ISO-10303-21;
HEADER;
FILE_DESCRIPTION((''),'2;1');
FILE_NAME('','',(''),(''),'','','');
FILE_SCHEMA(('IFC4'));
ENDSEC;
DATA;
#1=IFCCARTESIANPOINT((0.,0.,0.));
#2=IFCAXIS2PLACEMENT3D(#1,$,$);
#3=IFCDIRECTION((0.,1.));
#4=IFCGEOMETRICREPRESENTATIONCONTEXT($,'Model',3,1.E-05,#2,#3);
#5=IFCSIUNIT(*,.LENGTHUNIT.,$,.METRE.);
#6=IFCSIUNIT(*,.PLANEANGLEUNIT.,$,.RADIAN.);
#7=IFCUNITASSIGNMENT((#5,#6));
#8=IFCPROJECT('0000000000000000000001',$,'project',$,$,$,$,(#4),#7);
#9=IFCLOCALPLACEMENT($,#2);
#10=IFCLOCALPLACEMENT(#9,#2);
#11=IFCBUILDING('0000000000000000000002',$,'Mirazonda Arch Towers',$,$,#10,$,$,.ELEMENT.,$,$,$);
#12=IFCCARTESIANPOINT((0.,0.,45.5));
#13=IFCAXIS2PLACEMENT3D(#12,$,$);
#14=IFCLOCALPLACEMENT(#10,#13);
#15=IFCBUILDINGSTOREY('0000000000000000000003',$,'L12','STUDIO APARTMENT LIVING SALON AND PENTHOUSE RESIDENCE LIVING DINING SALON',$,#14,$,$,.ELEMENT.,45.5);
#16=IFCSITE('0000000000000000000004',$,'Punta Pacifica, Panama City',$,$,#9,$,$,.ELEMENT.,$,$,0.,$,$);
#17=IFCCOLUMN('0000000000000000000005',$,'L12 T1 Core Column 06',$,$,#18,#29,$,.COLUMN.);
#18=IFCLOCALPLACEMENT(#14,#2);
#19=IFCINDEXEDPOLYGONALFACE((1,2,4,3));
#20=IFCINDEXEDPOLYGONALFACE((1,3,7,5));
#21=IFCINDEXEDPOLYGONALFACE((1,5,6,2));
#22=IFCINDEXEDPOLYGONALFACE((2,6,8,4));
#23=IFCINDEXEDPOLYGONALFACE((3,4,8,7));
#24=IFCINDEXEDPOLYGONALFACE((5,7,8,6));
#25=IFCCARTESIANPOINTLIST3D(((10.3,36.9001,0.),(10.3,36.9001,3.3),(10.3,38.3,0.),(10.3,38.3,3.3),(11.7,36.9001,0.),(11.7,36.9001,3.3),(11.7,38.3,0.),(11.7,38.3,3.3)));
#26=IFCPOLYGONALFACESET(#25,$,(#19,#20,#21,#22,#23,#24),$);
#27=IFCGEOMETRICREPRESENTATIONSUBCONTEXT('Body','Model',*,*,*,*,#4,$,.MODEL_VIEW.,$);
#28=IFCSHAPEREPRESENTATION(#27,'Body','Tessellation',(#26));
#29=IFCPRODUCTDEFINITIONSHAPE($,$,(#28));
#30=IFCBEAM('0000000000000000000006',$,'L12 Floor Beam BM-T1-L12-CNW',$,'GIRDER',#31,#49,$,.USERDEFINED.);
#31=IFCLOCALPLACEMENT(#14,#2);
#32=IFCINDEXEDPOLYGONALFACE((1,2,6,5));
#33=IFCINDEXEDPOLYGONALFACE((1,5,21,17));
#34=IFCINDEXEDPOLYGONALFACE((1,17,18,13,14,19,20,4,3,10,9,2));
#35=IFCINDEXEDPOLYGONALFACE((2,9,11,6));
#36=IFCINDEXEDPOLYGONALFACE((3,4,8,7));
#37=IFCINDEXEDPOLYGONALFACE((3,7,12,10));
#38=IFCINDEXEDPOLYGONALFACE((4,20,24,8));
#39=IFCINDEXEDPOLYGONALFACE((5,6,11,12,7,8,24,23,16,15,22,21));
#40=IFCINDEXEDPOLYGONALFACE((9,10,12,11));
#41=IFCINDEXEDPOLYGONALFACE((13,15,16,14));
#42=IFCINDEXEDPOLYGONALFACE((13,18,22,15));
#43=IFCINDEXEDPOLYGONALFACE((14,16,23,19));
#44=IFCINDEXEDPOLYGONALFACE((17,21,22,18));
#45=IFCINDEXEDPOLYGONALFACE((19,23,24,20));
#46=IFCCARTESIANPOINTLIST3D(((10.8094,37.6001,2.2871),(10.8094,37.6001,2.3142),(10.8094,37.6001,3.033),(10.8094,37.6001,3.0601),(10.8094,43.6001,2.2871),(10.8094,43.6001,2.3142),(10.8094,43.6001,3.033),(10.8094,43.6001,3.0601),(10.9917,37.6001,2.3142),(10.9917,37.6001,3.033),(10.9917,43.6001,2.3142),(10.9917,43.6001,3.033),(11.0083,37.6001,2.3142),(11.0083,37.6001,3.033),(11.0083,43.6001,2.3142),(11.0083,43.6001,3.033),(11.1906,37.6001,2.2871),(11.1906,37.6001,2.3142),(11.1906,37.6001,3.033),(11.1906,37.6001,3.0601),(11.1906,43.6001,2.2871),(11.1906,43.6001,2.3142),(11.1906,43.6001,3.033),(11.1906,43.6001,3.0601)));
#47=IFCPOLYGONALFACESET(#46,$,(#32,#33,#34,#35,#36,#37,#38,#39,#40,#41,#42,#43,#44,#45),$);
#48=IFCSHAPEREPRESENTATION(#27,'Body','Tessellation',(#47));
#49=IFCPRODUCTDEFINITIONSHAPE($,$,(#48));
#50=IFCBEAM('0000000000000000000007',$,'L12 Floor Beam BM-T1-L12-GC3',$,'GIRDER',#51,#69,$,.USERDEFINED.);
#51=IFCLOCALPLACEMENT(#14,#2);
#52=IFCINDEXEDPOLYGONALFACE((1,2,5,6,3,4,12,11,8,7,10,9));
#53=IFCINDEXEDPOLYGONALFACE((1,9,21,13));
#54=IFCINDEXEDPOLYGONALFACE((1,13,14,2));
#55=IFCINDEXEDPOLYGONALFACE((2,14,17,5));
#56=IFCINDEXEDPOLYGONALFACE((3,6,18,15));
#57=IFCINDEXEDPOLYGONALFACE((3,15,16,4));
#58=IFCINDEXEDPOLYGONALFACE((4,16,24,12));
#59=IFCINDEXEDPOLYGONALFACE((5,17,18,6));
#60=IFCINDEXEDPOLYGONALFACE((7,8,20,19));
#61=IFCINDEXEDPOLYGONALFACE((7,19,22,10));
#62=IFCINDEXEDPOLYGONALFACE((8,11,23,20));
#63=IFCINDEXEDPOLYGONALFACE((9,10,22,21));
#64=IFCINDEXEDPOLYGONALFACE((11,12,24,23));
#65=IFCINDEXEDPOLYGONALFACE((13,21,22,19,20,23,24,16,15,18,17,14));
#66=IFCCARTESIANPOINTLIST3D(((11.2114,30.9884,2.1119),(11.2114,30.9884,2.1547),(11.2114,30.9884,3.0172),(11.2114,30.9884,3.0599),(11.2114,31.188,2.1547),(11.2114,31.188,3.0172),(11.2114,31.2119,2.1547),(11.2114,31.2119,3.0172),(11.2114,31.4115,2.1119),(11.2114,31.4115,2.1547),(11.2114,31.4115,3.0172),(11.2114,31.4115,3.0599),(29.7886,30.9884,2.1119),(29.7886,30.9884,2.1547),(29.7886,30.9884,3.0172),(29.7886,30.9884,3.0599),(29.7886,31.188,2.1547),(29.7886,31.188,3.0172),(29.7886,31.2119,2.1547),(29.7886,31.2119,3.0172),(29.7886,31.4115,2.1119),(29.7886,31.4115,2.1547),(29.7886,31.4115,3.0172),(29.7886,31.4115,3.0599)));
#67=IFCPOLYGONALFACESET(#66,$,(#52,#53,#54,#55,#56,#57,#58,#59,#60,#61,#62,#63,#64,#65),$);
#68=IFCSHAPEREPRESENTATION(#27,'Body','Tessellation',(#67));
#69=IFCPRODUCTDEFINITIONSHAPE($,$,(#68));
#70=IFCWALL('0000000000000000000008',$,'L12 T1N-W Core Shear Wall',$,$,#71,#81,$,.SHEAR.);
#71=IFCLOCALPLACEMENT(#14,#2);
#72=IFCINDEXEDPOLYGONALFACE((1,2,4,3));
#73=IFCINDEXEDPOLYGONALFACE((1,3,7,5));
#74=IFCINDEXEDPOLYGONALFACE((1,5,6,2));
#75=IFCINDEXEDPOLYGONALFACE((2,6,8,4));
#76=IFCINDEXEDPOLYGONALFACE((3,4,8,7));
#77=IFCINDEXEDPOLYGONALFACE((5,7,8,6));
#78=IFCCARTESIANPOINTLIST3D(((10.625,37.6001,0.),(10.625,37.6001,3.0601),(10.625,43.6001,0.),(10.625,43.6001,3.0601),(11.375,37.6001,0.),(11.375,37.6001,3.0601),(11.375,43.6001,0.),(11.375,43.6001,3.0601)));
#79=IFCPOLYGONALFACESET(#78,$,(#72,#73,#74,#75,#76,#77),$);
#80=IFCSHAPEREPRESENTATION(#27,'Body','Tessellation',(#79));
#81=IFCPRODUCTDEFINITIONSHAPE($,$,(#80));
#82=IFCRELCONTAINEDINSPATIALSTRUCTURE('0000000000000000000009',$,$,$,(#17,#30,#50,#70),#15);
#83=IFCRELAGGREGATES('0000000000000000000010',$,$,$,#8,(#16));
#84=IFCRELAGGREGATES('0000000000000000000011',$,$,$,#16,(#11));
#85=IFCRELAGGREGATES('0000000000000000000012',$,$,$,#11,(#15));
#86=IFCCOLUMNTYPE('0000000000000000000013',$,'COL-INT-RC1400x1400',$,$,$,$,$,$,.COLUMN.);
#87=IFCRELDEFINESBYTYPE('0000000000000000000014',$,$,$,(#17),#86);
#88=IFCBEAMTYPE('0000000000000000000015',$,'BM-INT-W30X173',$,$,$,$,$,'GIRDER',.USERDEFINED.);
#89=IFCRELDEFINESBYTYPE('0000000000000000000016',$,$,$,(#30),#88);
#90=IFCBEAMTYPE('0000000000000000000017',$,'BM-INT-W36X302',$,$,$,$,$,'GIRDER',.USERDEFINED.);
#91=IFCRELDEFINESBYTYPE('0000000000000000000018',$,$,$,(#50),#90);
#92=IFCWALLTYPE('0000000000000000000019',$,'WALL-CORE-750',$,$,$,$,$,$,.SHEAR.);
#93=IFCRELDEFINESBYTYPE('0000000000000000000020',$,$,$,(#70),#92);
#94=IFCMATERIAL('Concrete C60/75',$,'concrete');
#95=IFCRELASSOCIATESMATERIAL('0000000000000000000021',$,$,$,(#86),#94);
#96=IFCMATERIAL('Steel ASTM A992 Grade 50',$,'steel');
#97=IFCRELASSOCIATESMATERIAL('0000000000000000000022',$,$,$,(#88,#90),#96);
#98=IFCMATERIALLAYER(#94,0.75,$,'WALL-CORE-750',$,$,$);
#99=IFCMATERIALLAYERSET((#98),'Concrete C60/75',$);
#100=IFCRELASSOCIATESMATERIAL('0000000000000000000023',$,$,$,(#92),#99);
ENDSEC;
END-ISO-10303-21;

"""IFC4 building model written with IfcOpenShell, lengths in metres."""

from ifc_helpers import new_model, si_unit, direction, frame, frame_2d, origin, origin_2d, place, context, subcontext, project, spatial, rectangle, i_section, extrude, material, layer, layer_set, material_profile, profile_set, type_object, element, save


model = new_model("IFC4")

# Units and contexts
model_context = context("Model", 3, precision=1e-05, world=origin(), true_north=direction((0.0, 1.0)))
body_context = subcontext(model_context, "Body", "Model", "MODEL_VIEW")
ifc_project = project(units=[si_unit("LENGTHUNIT", "METRE"), si_unit("PLANEANGLEUNIT", "RADIAN")], contexts=[model_context])

# Site, building, storey
site_placement = place(None, origin())
site = spatial("IfcSite", under=ifc_project, at=site_placement, Name="Punta Pacifica, Panama City", CompositionType="ELEMENT", RefElevation=0.0)
building_placement = place(site_placement, origin())
building = spatial("IfcBuilding", under=site, at=building_placement, Name="Mirazonda Arch Towers", CompositionType="ELEMENT")
storey_placement = place(building_placement, frame((0.0, 0.0, 45.5)))
storey = spatial("IfcBuildingStorey", under=building, at=storey_placement, Name="L12", Description="STUDIO APARTMENT LIVING SALON AND PENTHOUSE RESIDENCE LIVING DINING SALON", CompositionType="ELEMENT", Elevation=45.5)

# Column
ifc_material_1 = material(Name="Concrete C60/75", Category="concrete")
ifc_material_profile_1 = material_profile(ifc_material_1, rectangle(XDim=1.3999, YDim=1.3999, at=origin_2d()), Name="RC1400x1400")
ifc_profile_set_1 = profile_set([ifc_material_profile_1], Name="Concrete C60/75")
column_type = type_object("IfcColumnType", Name="COL-INT-RC1400x1400", PredefinedType="COLUMN", material=ifc_profile_set_1)
column_placement = place(storey_placement, frame((11.0, 37.6001, 0.0), z_axis=(0.0, 0.0, 1.0), x_axis=(1.0, 0.0, 0.0)))
element("IfcColumn", 1, at=column_placement, inside=storey, type_object=column_type, Name="L12 T1 Core Column 06", PredefinedType="COLUMN", context=body_context, shape_type="SweptSolid", body=[
    extrude(rectangle(XDim=1.3999, YDim=1.3999, at=origin_2d()), origin(), (0.0, 0.0, 1.0), 3.3),
])

# Beams
ifc_material_2 = material(Name="Steel ASTM A992 Grade 50", Category="steel")
ifc_material_profile_2 = material_profile(ifc_material_2, i_section(OverallWidth=0.3811, OverallDepth=0.7729, WebThickness=0.0166, FlangeThickness=0.0271, at=origin_2d()), Name="W30X173")
ifc_profile_set_2 = profile_set([ifc_material_profile_2], Name="Steel ASTM A992 Grade 50")
beam_type_1 = type_object("IfcBeamType", Name="BM-INT-W30X173", ElementType="GIRDER", PredefinedType="USERDEFINED", material=ifc_profile_set_2)
beam_1_placement = place(storey_placement, frame((11.0, 37.6001, 2.6736), z_axis=(0.0, 1.0, 0.0), x_axis=(-1.0, 0.0, 0.0)))
element("IfcBeam", 2, at=beam_1_placement, inside=storey, type_object=beam_type_1, Name="L12 Floor Beam BM-T1-L12-CNW", ObjectType="GIRDER", PredefinedType="USERDEFINED", context=body_context, shape_type="SweptSolid", body=[
    extrude(i_section(OverallWidth=0.3811, OverallDepth=0.7729, WebThickness=0.0166, FlangeThickness=0.0271, at=origin_2d()), origin(), (0.0, 0.0, 1.0), 6.0),
])
ifc_material_profile_3 = material_profile(ifc_material_2, i_section(OverallWidth=0.4231, OverallDepth=0.948, WebThickness=0.0239, FlangeThickness=0.0427, at=origin_2d()), Name="W36X302")
ifc_profile_set_3 = profile_set([ifc_material_profile_3], Name="Steel ASTM A992 Grade 50")
beam_type_2 = type_object("IfcBeamType", Name="BM-INT-W36X302", ElementType="GIRDER", PredefinedType="USERDEFINED", material=ifc_profile_set_3)
beam_2_placement = place(storey_placement, frame((11.2114, 31.2, 2.5859), z_axis=(1.0, 0.0, 0.0), x_axis=(0.0, 1.0, 0.0)))
element("IfcBeam", 3, at=beam_2_placement, inside=storey, type_object=beam_type_2, Name="L12 Floor Beam BM-T1-L12-GC3", ObjectType="GIRDER", PredefinedType="USERDEFINED", context=body_context, shape_type="SweptSolid", body=[
    extrude(i_section(OverallWidth=0.4231, OverallDepth=0.948, WebThickness=0.0239, FlangeThickness=0.0427, at=origin_2d()), origin(), (0.0, 0.0, 1.0), 18.5771),
])

# Wall
ifc_layer_1 = layer(ifc_material_1, 0.75, Name="WALL-CORE-750")
ifc_layer_set_1 = layer_set([ifc_layer_1], Name="Concrete C60/75")
wall_type_1 = type_object("IfcWallType", Name="WALL-CORE-750", PredefinedType="SHEAR", material=ifc_layer_set_1)
wall_1_placement = place(storey_placement, frame((11.0, 37.6001, 0.0), z_axis=(0.0, 0.0, 1.0), x_axis=(0.0, 1.0, 0.0)))
element("IfcWall", 4, at=wall_1_placement, inside=storey, type_object=wall_type_1, Name="L12 T1N-W Core Shear Wall", PredefinedType="SHEAR", context=body_context, shape_type="SweptSolid", body=[
    extrude(rectangle(XDim=6.0, YDim=0.75, at=frame_2d((3.0, 0.0))), origin(), (0.0, 0.0, 1.0), 3.0601),
])

save(model, "model.ifc")
